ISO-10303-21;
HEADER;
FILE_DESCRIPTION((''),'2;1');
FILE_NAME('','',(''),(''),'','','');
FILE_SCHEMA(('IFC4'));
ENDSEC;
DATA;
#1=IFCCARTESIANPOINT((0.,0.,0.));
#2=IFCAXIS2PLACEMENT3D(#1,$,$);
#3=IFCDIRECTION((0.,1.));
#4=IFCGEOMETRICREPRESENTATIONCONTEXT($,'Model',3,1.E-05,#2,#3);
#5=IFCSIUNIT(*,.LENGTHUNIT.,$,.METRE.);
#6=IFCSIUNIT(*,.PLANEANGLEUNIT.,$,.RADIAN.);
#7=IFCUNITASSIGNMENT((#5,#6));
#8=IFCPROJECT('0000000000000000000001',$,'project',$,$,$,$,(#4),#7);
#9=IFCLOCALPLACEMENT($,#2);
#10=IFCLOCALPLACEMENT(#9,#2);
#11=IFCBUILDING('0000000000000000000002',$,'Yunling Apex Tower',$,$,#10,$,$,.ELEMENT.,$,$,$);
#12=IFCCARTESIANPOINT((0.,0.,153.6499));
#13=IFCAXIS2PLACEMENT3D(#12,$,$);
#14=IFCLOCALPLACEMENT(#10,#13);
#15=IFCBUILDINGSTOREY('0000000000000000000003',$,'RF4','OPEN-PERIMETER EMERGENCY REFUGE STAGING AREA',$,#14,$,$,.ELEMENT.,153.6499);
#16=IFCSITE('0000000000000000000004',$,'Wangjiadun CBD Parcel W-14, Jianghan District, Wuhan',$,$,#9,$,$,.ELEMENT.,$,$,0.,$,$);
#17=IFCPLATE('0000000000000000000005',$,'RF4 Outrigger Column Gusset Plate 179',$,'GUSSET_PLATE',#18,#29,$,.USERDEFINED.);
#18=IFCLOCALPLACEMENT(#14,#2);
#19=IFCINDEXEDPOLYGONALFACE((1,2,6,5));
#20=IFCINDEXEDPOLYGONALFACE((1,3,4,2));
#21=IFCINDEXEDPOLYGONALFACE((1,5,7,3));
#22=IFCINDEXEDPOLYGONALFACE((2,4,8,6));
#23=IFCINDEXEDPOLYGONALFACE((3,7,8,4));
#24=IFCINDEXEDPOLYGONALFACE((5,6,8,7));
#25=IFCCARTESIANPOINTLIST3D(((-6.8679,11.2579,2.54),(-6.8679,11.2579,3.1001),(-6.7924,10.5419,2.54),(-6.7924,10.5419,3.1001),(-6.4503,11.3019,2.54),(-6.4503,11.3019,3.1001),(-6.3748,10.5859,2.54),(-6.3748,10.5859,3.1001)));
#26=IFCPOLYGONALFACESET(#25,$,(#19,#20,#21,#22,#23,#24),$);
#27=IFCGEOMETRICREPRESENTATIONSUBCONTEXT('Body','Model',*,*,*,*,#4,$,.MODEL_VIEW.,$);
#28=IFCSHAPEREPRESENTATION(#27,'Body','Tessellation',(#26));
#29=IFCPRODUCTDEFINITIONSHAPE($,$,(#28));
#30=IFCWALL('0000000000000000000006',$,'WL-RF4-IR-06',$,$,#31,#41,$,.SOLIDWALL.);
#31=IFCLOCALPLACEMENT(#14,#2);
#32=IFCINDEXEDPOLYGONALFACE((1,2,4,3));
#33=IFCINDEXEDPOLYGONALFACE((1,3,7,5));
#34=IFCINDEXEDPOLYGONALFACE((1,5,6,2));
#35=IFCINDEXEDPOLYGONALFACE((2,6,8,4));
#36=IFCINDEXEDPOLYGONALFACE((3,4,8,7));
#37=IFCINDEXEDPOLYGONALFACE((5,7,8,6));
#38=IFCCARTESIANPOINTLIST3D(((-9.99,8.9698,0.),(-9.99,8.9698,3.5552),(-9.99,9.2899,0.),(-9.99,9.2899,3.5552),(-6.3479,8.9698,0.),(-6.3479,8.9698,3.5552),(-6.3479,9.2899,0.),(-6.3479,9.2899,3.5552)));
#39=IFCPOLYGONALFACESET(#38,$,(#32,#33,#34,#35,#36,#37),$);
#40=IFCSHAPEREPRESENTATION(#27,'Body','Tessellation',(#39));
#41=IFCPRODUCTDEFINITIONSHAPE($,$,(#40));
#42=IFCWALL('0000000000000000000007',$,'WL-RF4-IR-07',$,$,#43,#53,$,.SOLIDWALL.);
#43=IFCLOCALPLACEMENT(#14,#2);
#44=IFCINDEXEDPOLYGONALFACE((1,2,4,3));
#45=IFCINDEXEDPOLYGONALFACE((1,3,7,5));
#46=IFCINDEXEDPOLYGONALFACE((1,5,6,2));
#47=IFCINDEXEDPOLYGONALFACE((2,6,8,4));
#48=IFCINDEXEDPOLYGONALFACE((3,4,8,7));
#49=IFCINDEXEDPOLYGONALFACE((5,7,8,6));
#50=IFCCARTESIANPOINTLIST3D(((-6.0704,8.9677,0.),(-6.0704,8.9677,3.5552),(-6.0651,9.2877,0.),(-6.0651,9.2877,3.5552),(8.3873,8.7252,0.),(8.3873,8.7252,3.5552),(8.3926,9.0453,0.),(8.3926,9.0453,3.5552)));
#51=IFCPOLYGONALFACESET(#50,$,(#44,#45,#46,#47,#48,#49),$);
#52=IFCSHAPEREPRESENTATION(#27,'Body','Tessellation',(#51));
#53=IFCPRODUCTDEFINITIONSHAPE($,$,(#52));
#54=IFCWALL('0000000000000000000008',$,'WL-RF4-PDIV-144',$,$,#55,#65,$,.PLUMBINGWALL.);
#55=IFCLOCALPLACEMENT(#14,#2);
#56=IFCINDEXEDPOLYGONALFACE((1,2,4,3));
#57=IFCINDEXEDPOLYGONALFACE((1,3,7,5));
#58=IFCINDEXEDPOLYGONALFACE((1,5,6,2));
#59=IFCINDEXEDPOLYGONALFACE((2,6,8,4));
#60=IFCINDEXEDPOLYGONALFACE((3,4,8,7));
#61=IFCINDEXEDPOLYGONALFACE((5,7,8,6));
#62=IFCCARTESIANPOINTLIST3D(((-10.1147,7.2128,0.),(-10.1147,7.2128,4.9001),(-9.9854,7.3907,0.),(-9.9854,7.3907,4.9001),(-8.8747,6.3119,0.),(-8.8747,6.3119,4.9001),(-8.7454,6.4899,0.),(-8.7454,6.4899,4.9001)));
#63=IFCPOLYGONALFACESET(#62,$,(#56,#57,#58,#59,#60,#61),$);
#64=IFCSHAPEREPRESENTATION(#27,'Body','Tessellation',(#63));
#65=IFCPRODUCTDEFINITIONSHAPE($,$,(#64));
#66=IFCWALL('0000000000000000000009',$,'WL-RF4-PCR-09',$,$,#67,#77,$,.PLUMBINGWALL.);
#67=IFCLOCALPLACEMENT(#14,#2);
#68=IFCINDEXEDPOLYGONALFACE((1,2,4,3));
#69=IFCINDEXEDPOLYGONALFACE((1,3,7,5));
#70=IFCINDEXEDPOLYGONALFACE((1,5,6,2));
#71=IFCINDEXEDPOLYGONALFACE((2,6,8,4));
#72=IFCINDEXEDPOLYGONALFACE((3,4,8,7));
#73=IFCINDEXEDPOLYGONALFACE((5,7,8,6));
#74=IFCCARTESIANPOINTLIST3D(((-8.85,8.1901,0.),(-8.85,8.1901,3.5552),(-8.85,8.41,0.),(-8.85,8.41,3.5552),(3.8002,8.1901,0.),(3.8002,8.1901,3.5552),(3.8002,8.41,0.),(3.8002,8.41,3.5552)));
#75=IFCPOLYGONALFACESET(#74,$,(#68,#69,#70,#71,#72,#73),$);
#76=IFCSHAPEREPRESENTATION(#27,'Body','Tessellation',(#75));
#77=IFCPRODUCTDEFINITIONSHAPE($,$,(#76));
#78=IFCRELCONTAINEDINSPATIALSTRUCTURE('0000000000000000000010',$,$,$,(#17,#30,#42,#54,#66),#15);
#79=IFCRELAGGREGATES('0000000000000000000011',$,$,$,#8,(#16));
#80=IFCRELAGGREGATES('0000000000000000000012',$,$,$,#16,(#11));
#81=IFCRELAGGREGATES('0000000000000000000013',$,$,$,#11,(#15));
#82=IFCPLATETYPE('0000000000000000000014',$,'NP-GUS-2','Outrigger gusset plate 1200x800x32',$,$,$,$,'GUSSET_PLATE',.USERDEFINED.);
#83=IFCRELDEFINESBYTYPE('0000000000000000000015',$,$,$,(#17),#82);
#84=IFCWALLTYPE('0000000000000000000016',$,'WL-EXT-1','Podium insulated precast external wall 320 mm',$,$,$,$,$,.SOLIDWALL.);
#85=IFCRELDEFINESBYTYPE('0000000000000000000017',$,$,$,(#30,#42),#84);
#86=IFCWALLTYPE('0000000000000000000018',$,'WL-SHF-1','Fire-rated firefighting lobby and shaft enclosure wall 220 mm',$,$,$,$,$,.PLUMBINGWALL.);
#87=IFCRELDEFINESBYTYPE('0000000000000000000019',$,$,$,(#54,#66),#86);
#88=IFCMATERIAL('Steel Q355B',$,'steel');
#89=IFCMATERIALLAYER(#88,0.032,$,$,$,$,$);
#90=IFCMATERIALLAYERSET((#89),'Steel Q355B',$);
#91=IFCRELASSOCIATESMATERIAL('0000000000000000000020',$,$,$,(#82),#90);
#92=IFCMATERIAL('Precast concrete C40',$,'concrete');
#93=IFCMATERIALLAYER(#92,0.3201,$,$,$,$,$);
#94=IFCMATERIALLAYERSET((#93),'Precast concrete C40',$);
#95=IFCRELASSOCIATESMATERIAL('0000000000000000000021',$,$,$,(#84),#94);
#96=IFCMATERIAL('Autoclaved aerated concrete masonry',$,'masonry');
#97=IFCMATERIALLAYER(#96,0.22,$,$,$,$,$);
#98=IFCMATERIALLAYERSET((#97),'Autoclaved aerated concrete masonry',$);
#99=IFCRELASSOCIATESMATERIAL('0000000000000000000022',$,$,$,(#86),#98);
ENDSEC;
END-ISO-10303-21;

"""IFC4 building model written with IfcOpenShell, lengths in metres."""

from ifc_helpers import new_model, si_unit, direction, frame, frame_2d, origin, origin_2d, place, context, subcontext, project, spatial, rectangle, extrude, source, transform, mapped, material, layer, layer_set, type_object, element, save


model = new_model("IFC4")

# Units and contexts
model_context = context("Model", 3, precision=1e-05, world=origin(), true_north=direction((0.0, 1.0)))
body_context = subcontext(model_context, "Body", "Model", "MODEL_VIEW")
ifc_project = project(units=[si_unit("LENGTHUNIT", "METRE"), si_unit("PLANEANGLEUNIT", "RADIAN")], contexts=[model_context])

# Site, building, storey
site_placement = place(None, origin())
site = spatial("IfcSite", under=ifc_project, at=site_placement, Name="Wangjiadun CBD Parcel W-14, Jianghan District, Wuhan", CompositionType="ELEMENT", RefElevation=0.0)
building_placement = place(site_placement, origin())
building = spatial("IfcBuilding", under=site, at=building_placement, Name="Yunling Apex Tower", CompositionType="ELEMENT")
storey_placement = place(building_placement, frame((0.0, 0.0, 153.6499)))
storey = spatial("IfcBuildingStorey", under=building, at=storey_placement, Name="RF4", Description="OPEN-PERIMETER EMERGENCY REFUGE STAGING AREA", CompositionType="ELEMENT", Elevation=153.6499)

# Shared definitions
ifc_material_1 = material(Name="Steel Q355B", Category="steel")

# Plate
ifc_layer_1 = layer(ifc_material_1, 0.032)
ifc_layer_set_1 = layer_set([ifc_layer_1], Name="Steel Q355B")
plate_type_1 = type_object("IfcPlateType", Name="NP-GUS-2", Description="Outrigger gusset plate 1200x800x32", ElementType="GUSSET_PLATE", PredefinedType="USERDEFINED", material=ifc_layer_set_1)
shared_shape_1 = source(origin(), body_context, "Body", "SweptSolid", [
    extrude(rectangle(XDim=0.72, YDim=0.4199, at=origin_2d()), origin(), (0.0, 0.0, 1.0), 0.5601),
])
for number, where, z_axis, x_axis, name in (
    (1, (-6.6213, 10.9219, 2.54), (0.0, 0.0, 1.0), (-0.104876, 0.994485, 0.0), "RF4 Outrigger Column Gusset Plate 179"),
):
    element("IfcPlate", number, at=place(storey_placement, frame(where, z_axis=z_axis, x_axis=x_axis)), inside=storey, type_object=plate_type_1, Name=name, ObjectType="GUSSET_PLATE", PredefinedType="USERDEFINED", context=body_context, shape_type="MappedRepresentation", body=[
        mapped(shared_shape_1, transform((0.0, 0.0, 0.0), scale=1.0)),
    ])

# Walls
ifc_material_2 = material(Name="Precast concrete C40", Category="concrete")
ifc_layer_2 = layer(ifc_material_2, 0.3201)
ifc_layer_set_2 = layer_set([ifc_layer_2], Name="Precast concrete C40")
wall_type_1 = type_object("IfcWallType", Name="WL-EXT-1", Description="Podium insulated precast external wall 320 mm", PredefinedType="SOLIDWALL", material=ifc_layer_set_2)
wall_1_placement = place(storey_placement, frame((-9.99, 9.1299, 0.0), z_axis=(0.0, 0.0, 1.0), x_axis=(1.0, 0.0, 0.0)))
element("IfcWall", 2, at=wall_1_placement, inside=storey, type_object=wall_type_1, Name="WL-RF4-IR-06", PredefinedType="SOLIDWALL", context=body_context, shape_type="SweptSolid", body=[
    extrude(rectangle(XDim=3.6421, YDim=0.3201, at=frame_2d((1.821, 0.0))), origin(), (0.0, 0.0, 1.0), 3.5552),
])
wall_2_placement = place(storey_placement, frame((-6.0679, 9.1277, 0.0), z_axis=(0.0, 0.0, 1.0), x_axis=(0.999859, -0.016766, 0.0)))
element("IfcWall", 3, at=wall_2_placement, inside=storey, type_object=wall_type_1, Name="WL-RF4-IR-07", PredefinedType="SOLIDWALL", context=body_context, shape_type="SweptSolid", body=[
    extrude(rectangle(XDim=14.4597, YDim=0.3201, at=frame_2d((7.23, 0.0))), origin(), (0.0, 0.0, 1.0), 3.5552),
])
ifc_material_3 = material(Name="Autoclaved aerated concrete masonry", Category="masonry")
ifc_layer_3 = layer(ifc_material_3, 0.22)
ifc_layer_set_3 = layer_set([ifc_layer_3], Name="Autoclaved aerated concrete masonry")
wall_type_2 = type_object("IfcWallType", Name="WL-SHF-1", Description="Fire-rated firefighting lobby and shaft enclosure wall 220 mm", PredefinedType="PLUMBINGWALL", material=ifc_layer_set_3)
wall_3_placement = place(storey_placement, frame((-8.8101, 6.4009, 0.0), z_axis=(0.0, 0.0, 1.0), x_axis=(-0.809025, 0.587774, 0.0)))
element("IfcWall", 4, at=wall_3_placement, inside=storey, type_object=wall_type_2, Name="WL-RF4-PDIV-144", PredefinedType="PLUMBINGWALL", context=body_context, shape_type="SweptSolid", body=[
    extrude(rectangle(XDim=1.5327, YDim=0.22, at=frame_2d((0.7664, 0.0))), origin(), (0.0, 0.0, 1.0), 4.9001),
])
wall_4_placement = place(storey_placement, frame((-8.8501, 8.3, 0.0), z_axis=(0.0, 0.0, 1.0), x_axis=(1.0, 0.0, 0.0)))
element("IfcWall", 5, at=wall_4_placement, inside=storey, type_object=wall_type_2, Name="WL-RF4-PCR-09", PredefinedType="PLUMBINGWALL", context=body_context, shape_type="SweptSolid", body=[
    extrude(rectangle(XDim=12.6501, YDim=0.22, at=frame_2d((6.3252, 0.0))), origin(), (0.0, 0.0, 1.0), 3.5552),
])

save(model, "model.ifc")
